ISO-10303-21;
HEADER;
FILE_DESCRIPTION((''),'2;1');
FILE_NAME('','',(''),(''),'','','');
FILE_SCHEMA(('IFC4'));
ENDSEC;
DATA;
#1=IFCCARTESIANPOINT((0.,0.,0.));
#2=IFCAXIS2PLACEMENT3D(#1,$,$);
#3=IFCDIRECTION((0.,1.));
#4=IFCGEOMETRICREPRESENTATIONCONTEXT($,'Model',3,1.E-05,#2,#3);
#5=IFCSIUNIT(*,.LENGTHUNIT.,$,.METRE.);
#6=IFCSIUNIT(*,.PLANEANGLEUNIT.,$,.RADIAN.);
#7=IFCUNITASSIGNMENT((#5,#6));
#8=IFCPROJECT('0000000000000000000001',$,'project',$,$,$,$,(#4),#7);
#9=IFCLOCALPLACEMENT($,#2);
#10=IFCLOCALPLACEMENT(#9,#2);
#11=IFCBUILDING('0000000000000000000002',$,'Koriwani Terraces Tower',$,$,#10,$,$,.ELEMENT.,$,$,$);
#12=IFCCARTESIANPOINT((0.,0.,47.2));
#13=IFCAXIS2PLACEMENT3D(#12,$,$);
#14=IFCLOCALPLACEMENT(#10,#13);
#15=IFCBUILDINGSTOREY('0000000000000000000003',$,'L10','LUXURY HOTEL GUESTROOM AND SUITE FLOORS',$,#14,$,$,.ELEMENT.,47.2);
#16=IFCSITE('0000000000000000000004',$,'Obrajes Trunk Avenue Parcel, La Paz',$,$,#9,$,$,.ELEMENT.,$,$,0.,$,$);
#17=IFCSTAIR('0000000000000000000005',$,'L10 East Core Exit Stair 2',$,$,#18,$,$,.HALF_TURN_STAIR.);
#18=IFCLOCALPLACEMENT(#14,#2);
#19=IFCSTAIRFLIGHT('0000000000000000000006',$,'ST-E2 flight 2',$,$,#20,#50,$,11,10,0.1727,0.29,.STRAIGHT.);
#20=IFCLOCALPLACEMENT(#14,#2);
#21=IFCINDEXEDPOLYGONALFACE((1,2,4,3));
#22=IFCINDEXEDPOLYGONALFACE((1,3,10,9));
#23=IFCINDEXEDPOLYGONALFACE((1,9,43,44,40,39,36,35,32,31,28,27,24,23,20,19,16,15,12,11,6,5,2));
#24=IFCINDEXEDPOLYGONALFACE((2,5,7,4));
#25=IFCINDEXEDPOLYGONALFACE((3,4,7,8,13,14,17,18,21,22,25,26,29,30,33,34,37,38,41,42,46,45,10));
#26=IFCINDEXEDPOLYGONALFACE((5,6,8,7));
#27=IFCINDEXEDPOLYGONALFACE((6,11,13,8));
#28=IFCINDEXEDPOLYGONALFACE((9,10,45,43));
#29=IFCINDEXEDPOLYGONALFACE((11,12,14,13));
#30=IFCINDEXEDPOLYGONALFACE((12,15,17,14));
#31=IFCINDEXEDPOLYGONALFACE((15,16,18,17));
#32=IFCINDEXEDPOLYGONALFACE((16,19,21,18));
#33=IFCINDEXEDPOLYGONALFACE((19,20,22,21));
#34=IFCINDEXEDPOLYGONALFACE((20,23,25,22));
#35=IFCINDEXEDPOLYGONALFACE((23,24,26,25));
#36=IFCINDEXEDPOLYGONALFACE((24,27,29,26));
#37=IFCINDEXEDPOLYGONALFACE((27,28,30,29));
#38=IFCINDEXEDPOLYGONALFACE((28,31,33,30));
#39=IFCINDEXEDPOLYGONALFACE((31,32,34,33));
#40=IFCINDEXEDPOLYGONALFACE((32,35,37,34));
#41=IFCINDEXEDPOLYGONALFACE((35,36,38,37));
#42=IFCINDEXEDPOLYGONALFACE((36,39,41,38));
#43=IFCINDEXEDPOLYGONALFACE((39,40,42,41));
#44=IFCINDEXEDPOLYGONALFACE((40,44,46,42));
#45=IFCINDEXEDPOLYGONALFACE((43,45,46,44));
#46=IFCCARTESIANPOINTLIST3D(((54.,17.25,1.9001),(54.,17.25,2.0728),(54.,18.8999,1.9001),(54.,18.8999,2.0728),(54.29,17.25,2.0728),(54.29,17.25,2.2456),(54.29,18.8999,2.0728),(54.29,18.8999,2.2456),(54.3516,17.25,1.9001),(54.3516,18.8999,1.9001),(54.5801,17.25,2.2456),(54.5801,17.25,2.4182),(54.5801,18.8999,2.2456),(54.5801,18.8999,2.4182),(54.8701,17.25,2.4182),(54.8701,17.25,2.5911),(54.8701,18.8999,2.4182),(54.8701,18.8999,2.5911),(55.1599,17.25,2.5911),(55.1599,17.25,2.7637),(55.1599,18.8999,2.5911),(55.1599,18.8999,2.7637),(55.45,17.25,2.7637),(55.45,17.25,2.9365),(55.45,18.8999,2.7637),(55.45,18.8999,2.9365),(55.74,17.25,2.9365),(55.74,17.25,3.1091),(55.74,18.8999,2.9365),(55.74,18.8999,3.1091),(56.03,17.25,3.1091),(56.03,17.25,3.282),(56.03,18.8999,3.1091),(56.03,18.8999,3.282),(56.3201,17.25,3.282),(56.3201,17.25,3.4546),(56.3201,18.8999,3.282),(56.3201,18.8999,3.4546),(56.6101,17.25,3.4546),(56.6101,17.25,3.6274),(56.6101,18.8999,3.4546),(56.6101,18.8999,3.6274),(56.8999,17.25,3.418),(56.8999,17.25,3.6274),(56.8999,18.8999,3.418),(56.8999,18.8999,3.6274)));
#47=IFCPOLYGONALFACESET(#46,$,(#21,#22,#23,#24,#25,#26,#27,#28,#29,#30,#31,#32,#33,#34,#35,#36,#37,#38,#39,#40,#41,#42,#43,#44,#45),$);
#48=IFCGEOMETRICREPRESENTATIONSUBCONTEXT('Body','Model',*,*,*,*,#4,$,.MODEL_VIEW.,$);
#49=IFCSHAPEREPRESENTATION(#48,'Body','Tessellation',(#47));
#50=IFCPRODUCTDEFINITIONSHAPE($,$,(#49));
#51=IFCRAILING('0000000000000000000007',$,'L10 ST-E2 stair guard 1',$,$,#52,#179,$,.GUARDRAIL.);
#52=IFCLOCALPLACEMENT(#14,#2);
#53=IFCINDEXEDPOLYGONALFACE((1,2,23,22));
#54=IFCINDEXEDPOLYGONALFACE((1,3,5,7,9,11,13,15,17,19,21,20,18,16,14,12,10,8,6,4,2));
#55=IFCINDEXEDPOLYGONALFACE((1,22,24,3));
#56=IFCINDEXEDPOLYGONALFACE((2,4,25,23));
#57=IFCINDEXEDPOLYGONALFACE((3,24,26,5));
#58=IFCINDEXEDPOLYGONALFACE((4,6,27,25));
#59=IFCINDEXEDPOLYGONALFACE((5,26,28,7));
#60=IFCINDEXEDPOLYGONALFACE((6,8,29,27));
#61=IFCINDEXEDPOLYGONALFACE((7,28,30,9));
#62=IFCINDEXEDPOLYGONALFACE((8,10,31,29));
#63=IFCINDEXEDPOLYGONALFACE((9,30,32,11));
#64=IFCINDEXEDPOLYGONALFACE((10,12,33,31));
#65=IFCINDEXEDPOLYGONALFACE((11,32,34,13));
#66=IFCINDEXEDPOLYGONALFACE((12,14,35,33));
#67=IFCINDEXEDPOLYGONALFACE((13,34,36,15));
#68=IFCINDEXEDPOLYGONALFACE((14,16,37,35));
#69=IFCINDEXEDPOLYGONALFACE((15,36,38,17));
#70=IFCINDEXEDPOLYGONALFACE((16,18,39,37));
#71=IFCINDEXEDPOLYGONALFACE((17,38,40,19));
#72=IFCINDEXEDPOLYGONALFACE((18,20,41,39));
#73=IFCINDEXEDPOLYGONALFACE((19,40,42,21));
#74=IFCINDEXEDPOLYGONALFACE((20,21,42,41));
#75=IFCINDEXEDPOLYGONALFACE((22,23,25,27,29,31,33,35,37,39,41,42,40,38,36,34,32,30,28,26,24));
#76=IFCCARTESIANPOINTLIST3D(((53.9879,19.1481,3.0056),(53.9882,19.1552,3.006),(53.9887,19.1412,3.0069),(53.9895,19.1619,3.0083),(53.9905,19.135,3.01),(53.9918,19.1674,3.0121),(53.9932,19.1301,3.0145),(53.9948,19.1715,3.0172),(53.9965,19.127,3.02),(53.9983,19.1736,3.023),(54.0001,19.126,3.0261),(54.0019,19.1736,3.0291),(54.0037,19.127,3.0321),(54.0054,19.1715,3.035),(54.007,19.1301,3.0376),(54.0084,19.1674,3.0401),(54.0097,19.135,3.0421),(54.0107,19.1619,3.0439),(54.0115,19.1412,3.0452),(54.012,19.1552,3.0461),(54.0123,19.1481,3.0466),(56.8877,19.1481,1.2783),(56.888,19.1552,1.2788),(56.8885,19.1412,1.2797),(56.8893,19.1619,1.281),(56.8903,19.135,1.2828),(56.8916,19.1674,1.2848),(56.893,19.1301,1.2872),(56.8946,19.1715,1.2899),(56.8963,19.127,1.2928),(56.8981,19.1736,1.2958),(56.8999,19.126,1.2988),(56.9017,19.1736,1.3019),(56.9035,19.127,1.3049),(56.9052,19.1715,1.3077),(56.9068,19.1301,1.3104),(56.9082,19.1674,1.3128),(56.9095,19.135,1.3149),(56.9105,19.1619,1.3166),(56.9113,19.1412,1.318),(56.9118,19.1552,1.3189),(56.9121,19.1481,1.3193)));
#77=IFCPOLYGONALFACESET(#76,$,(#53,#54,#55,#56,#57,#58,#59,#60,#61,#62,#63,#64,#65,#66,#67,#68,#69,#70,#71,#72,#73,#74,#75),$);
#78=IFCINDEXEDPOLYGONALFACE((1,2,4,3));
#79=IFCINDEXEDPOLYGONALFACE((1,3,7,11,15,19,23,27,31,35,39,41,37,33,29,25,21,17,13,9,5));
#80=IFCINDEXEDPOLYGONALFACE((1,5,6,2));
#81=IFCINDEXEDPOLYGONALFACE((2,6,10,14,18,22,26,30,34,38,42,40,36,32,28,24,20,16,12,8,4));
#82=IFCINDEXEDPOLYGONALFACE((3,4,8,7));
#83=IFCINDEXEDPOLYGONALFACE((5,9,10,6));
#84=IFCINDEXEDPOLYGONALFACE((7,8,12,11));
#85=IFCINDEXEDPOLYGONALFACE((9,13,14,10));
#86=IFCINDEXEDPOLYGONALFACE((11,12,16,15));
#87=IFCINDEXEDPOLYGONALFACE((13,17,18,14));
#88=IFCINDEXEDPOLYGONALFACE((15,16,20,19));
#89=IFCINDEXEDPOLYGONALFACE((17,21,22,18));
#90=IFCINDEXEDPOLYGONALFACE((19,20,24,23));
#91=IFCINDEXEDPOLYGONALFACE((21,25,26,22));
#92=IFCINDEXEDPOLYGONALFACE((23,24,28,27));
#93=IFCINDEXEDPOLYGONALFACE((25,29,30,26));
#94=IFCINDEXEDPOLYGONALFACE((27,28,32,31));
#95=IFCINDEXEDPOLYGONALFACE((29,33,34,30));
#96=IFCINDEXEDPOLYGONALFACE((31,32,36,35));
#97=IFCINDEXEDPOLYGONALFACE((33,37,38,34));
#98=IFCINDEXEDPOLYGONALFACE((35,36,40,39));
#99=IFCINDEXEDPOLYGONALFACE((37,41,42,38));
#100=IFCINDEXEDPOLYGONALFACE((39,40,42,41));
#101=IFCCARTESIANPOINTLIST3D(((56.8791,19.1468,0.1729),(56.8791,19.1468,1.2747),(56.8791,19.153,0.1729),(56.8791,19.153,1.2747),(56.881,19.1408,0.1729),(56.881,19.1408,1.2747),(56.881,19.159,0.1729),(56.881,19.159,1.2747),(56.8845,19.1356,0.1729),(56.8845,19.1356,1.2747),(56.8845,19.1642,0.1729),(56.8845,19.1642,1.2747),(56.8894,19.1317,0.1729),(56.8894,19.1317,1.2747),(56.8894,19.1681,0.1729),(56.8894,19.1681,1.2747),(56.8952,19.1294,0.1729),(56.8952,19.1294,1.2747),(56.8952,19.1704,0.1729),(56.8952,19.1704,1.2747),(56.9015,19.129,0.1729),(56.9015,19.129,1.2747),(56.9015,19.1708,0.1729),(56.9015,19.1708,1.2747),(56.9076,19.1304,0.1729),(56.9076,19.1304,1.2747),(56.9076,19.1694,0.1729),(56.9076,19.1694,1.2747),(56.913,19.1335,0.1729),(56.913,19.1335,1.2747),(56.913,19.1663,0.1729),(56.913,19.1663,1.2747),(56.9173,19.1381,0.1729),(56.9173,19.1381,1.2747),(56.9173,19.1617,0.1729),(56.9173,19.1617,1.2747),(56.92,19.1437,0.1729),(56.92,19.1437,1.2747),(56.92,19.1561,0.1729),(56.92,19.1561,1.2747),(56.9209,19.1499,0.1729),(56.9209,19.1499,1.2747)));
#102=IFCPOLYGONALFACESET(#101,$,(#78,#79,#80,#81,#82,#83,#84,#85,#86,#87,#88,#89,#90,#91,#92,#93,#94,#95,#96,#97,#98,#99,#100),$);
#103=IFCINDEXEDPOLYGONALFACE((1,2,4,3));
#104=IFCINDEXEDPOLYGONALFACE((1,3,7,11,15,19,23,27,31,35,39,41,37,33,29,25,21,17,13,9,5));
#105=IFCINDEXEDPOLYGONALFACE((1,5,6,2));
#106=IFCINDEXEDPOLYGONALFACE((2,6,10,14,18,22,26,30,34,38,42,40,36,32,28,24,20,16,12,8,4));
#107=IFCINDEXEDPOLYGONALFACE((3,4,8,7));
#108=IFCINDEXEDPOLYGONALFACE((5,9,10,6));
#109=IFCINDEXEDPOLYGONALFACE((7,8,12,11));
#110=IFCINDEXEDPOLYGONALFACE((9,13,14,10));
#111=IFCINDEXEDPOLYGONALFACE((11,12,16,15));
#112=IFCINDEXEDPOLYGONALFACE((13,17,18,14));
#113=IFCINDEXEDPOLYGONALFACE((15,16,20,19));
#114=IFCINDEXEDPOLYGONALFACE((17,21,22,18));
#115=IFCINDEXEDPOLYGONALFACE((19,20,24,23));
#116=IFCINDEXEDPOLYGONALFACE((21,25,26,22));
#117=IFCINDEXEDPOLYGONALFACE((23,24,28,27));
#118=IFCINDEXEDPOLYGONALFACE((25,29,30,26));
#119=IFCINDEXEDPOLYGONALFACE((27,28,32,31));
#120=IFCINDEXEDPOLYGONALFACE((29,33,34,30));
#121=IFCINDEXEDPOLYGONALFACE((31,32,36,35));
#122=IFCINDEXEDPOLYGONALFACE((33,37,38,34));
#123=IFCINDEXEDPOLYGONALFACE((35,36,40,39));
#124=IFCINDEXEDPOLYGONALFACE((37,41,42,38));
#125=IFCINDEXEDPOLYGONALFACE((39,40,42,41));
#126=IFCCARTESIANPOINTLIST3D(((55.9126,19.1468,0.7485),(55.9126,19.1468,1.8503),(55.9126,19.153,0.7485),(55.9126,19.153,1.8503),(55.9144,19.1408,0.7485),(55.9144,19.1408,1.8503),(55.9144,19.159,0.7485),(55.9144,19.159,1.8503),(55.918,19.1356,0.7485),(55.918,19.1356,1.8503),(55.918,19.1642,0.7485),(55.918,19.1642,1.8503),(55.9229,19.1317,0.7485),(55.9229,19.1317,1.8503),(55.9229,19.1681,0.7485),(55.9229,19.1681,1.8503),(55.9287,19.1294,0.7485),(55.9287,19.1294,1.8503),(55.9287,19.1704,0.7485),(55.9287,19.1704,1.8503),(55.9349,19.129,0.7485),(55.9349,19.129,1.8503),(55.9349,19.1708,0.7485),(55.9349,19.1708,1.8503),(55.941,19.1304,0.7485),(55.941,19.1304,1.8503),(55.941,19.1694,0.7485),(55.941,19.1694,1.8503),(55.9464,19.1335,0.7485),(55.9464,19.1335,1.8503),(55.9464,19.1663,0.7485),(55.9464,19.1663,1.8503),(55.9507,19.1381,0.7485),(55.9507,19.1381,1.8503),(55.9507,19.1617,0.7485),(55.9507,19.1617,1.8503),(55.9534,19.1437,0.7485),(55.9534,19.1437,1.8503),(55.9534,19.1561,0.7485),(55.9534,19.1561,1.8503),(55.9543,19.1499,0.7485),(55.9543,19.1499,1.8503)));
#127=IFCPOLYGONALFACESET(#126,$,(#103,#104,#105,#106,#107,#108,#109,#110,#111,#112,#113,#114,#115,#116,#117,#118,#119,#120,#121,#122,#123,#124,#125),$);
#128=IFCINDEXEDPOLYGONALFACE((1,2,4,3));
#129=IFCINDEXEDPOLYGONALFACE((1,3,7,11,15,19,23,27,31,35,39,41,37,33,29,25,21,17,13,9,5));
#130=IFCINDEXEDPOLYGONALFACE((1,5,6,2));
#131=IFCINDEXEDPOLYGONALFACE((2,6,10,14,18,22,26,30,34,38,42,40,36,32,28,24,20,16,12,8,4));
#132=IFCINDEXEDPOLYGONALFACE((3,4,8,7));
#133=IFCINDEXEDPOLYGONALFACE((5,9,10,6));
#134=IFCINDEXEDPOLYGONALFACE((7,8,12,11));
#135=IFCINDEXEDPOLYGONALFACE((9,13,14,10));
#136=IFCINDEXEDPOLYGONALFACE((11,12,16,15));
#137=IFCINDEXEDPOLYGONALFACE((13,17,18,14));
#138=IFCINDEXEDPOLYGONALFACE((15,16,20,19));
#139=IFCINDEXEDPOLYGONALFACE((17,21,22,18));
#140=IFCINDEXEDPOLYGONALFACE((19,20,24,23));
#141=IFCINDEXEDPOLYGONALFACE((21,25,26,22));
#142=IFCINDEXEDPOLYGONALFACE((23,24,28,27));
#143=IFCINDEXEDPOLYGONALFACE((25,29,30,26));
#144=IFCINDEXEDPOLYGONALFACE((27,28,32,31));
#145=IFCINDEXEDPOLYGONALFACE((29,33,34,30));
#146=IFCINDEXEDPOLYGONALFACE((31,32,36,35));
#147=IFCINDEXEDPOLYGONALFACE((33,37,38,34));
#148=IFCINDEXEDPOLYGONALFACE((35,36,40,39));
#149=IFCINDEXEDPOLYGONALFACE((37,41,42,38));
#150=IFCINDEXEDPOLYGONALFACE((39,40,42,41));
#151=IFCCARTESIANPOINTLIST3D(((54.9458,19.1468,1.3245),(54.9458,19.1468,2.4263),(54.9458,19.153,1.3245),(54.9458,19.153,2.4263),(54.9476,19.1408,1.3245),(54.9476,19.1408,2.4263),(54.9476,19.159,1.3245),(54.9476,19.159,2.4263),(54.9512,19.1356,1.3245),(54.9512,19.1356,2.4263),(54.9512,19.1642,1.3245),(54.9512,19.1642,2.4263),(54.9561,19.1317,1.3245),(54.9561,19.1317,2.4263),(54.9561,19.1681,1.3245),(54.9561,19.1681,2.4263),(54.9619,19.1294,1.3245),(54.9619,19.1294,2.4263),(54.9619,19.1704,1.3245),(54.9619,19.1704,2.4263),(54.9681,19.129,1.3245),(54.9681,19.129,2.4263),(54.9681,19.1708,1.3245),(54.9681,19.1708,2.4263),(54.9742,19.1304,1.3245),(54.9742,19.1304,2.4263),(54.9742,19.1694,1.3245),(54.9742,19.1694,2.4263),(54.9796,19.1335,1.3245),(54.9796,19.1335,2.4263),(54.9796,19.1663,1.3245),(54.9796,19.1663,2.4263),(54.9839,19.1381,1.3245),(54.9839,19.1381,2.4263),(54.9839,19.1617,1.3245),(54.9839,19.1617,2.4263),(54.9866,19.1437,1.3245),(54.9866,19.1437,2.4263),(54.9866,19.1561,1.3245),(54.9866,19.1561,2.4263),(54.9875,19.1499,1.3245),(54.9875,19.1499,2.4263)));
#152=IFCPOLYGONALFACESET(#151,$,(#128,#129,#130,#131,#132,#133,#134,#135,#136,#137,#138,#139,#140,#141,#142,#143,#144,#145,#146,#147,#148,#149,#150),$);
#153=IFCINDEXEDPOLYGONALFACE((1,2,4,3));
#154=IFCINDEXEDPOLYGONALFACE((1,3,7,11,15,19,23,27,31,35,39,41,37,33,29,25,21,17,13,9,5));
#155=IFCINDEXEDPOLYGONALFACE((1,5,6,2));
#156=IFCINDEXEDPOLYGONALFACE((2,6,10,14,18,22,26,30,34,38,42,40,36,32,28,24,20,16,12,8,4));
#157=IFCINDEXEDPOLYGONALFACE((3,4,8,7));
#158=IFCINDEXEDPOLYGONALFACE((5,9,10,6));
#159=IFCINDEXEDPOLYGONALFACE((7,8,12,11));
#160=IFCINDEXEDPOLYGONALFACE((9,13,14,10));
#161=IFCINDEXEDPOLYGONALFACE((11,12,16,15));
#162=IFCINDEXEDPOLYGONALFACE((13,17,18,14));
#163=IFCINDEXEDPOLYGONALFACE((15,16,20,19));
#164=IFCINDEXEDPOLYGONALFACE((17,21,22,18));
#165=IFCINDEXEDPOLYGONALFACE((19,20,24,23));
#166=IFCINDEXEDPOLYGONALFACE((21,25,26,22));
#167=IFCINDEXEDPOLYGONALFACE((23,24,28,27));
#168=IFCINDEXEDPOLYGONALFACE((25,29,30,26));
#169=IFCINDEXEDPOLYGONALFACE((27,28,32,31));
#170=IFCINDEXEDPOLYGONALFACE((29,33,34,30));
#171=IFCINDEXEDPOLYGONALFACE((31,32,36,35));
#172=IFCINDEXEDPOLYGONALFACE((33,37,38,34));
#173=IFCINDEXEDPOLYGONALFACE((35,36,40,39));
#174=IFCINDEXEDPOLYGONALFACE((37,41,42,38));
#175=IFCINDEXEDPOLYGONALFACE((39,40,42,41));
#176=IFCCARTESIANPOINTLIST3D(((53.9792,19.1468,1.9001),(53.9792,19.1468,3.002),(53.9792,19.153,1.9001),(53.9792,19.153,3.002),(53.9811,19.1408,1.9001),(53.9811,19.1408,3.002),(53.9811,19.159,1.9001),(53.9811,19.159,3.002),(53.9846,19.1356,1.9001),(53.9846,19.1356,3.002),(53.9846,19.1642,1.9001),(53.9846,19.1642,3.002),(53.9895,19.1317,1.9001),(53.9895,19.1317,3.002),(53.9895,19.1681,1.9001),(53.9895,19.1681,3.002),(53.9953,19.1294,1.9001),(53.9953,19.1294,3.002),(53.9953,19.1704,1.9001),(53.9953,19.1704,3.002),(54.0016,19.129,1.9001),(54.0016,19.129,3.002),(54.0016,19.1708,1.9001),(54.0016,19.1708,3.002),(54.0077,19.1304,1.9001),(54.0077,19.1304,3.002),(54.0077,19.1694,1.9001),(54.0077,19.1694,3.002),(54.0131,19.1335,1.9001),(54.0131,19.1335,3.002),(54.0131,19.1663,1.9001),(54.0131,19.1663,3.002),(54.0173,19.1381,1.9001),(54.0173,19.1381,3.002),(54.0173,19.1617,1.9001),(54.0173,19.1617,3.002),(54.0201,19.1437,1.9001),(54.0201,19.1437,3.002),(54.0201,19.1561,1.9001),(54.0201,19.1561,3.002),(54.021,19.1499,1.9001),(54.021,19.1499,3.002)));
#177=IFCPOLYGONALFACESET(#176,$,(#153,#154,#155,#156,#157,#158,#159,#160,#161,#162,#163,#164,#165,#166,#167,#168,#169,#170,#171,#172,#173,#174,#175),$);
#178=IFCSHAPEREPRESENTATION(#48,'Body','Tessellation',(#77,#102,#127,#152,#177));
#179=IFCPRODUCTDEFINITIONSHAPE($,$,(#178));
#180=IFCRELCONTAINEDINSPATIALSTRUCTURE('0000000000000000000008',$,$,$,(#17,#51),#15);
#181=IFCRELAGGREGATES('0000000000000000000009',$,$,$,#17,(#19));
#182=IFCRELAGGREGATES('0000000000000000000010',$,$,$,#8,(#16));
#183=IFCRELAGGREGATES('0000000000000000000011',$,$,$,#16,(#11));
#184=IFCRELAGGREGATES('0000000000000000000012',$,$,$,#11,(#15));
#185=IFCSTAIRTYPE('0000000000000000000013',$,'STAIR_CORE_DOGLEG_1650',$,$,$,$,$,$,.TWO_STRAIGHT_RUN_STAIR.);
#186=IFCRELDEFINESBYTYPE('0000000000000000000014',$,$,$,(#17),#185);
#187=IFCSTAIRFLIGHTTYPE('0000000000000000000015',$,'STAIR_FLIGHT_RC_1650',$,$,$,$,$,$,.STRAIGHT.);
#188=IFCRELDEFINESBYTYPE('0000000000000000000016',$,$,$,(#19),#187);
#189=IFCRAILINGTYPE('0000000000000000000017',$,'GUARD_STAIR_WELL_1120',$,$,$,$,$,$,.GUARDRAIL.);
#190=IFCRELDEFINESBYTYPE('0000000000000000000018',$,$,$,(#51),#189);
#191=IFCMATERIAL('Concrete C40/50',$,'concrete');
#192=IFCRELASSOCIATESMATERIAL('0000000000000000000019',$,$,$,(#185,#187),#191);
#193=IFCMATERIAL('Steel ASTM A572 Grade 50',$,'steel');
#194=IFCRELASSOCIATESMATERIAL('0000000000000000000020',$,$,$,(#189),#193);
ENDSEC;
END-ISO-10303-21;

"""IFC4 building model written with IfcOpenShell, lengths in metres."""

from ifc_helpers import new_model, si_unit, direction, frame, origin, origin_2d, place, context, subcontext, project, spatial, polyline, circle, outline, extrude, material, type_object, element, aggregate, save


model = new_model("IFC4")

# Units and contexts
model_context = context("Model", 3, precision=1e-05, world=origin(), true_north=direction((0.0, 1.0)))
body_context = subcontext(model_context, "Body", "Model", "MODEL_VIEW")
ifc_project = project(units=[si_unit("LENGTHUNIT", "METRE"), si_unit("PLANEANGLEUNIT", "RADIAN")], contexts=[model_context])

# Site, building, storey
site_placement = place(None, origin())
site = spatial("IfcSite", under=ifc_project, at=site_placement, Name="Obrajes Trunk Avenue Parcel, La Paz", CompositionType="ELEMENT", RefElevation=0.0)
building_placement = place(site_placement, origin())
building = spatial("IfcBuilding", under=site, at=building_placement, Name="Koriwani Terraces Tower", CompositionType="ELEMENT")
storey_placement = place(building_placement, frame((0.0, 0.0, 47.2)))
storey = spatial("IfcBuildingStorey", under=building, at=storey_placement, Name="L10", Description="LUXURY HOTEL GUESTROOM AND SUITE FLOORS", CompositionType="ELEMENT", Elevation=47.2)

# Shared definitions
ifc_material_1 = material(Name="Steel ASTM A572 Grade 50", Category="steel")

# Shared definitions
ifc_material_2 = material(Name="Concrete C40/50", Category="concrete")

# Stair, stair flight
stair_type = type_object("IfcStairType", Name="STAIR_CORE_DOGLEG_1650", PredefinedType="TWO_STRAIGHT_RUN_STAIR", material=ifc_material_2)
stair_placement = place(storey_placement, origin())
stair = element("IfcStair", 1, at=stair_placement, inside=storey, type_object=stair_type, Name="L10 East Core Exit Stair 2", PredefinedType="HALF_TURN_STAIR")
stair_flight_type = type_object("IfcStairFlightType", Name="STAIR_FLIGHT_RC_1650", PredefinedType="STRAIGHT", material=ifc_material_2)
stair_flight_1_placement = place(storey_placement, frame((54.0, 18.075, 1.9001), z_axis=(0.0, 0.0, 1.0), x_axis=(1.0, 0.0, 0.0)))
stair_flight_1 = element("IfcStairFlight", 2, at=stair_flight_1_placement, type_object=stair_flight_type, Name="ST-E2 flight 2", NumberOfRisers=11, NumberOfTreads=10, PredefinedType="STRAIGHT", RiserHeight=0.1727, TreadLength=0.29, context=body_context, shape_type="SweptSolid", body=[
    extrude(outline(polyline([(0.0, 0.0), (0.0, 0.1726), (0.29, 0.1726), (0.29, 0.3455), (0.5801, 0.3455), (0.5801, 0.5181), (0.8701, 0.5181), (0.8701, 0.6909), (1.1599, 0.6909), (1.1599, 0.8635), (1.45, 0.8635), (1.45, 1.0364), (1.74, 1.0364), (1.74, 1.209), (2.03, 1.209), (2.03, 1.3818), (2.3201, 1.3818), (2.3201, 1.5544), (2.6101, 1.5544), (2.6101, 1.7273), (2.8999, 1.7273), (2.8999, 1.8999), (2.8999, 1.5178), (0.3516, 0.0), (0.0, 0.0)])), frame((0.0, 0.825, 0.0), z_axis=(0.0, -1.0, 0.0), x_axis=(1.0, 0.0, 0.0)), (0.0, 0.0, 1.0), 1.6499),
])
aggregate(stair, [stair_flight_1])

# Railing
railing_type_1 = type_object("IfcRailingType", Name="GUARD_STAIR_WELL_1120", PredefinedType="GUARDRAIL", material=ifc_material_1)
railing_1_placement = place(storey_placement, frame((56.8999, 19.1499, 0.1729)))
element("IfcRailing", 3, at=railing_1_placement, inside=storey, type_object=railing_type_1, Name="L10 ST-E2 stair guard 1", PredefinedType="GUARDRAIL", context=body_context, shape_type="SweptSolid", body=[
    extrude(circle(Radius=0.0239, at=origin_2d()), frame((0.0, 0.0, 1.126), z_axis=(-0.859141, 0.0, 0.511738), x_axis=(0.0, -1.0, 0.0)), (0.0, 0.0, 1.0), 3.3752),
    extrude(circle(Radius=0.021, at=origin_2d()), origin(), (0.0, 0.0, 1.0), 1.1018),
    extrude(circle(Radius=0.021, at=origin_2d()), frame((-0.9666, 0.0, 0.5757)), (0.0, 0.0, 1.0), 1.1018),
    extrude(circle(Radius=0.021, at=origin_2d()), frame((-1.9333, 0.0, 1.1516)), (0.0, 0.0, 1.0), 1.1018),
    extrude(circle(Radius=0.021, at=origin_2d()), frame((-2.8999, 0.0, 1.7273)), (0.0, 0.0, 1.0), 1.1018),
])

save(model, "model.ifc")
